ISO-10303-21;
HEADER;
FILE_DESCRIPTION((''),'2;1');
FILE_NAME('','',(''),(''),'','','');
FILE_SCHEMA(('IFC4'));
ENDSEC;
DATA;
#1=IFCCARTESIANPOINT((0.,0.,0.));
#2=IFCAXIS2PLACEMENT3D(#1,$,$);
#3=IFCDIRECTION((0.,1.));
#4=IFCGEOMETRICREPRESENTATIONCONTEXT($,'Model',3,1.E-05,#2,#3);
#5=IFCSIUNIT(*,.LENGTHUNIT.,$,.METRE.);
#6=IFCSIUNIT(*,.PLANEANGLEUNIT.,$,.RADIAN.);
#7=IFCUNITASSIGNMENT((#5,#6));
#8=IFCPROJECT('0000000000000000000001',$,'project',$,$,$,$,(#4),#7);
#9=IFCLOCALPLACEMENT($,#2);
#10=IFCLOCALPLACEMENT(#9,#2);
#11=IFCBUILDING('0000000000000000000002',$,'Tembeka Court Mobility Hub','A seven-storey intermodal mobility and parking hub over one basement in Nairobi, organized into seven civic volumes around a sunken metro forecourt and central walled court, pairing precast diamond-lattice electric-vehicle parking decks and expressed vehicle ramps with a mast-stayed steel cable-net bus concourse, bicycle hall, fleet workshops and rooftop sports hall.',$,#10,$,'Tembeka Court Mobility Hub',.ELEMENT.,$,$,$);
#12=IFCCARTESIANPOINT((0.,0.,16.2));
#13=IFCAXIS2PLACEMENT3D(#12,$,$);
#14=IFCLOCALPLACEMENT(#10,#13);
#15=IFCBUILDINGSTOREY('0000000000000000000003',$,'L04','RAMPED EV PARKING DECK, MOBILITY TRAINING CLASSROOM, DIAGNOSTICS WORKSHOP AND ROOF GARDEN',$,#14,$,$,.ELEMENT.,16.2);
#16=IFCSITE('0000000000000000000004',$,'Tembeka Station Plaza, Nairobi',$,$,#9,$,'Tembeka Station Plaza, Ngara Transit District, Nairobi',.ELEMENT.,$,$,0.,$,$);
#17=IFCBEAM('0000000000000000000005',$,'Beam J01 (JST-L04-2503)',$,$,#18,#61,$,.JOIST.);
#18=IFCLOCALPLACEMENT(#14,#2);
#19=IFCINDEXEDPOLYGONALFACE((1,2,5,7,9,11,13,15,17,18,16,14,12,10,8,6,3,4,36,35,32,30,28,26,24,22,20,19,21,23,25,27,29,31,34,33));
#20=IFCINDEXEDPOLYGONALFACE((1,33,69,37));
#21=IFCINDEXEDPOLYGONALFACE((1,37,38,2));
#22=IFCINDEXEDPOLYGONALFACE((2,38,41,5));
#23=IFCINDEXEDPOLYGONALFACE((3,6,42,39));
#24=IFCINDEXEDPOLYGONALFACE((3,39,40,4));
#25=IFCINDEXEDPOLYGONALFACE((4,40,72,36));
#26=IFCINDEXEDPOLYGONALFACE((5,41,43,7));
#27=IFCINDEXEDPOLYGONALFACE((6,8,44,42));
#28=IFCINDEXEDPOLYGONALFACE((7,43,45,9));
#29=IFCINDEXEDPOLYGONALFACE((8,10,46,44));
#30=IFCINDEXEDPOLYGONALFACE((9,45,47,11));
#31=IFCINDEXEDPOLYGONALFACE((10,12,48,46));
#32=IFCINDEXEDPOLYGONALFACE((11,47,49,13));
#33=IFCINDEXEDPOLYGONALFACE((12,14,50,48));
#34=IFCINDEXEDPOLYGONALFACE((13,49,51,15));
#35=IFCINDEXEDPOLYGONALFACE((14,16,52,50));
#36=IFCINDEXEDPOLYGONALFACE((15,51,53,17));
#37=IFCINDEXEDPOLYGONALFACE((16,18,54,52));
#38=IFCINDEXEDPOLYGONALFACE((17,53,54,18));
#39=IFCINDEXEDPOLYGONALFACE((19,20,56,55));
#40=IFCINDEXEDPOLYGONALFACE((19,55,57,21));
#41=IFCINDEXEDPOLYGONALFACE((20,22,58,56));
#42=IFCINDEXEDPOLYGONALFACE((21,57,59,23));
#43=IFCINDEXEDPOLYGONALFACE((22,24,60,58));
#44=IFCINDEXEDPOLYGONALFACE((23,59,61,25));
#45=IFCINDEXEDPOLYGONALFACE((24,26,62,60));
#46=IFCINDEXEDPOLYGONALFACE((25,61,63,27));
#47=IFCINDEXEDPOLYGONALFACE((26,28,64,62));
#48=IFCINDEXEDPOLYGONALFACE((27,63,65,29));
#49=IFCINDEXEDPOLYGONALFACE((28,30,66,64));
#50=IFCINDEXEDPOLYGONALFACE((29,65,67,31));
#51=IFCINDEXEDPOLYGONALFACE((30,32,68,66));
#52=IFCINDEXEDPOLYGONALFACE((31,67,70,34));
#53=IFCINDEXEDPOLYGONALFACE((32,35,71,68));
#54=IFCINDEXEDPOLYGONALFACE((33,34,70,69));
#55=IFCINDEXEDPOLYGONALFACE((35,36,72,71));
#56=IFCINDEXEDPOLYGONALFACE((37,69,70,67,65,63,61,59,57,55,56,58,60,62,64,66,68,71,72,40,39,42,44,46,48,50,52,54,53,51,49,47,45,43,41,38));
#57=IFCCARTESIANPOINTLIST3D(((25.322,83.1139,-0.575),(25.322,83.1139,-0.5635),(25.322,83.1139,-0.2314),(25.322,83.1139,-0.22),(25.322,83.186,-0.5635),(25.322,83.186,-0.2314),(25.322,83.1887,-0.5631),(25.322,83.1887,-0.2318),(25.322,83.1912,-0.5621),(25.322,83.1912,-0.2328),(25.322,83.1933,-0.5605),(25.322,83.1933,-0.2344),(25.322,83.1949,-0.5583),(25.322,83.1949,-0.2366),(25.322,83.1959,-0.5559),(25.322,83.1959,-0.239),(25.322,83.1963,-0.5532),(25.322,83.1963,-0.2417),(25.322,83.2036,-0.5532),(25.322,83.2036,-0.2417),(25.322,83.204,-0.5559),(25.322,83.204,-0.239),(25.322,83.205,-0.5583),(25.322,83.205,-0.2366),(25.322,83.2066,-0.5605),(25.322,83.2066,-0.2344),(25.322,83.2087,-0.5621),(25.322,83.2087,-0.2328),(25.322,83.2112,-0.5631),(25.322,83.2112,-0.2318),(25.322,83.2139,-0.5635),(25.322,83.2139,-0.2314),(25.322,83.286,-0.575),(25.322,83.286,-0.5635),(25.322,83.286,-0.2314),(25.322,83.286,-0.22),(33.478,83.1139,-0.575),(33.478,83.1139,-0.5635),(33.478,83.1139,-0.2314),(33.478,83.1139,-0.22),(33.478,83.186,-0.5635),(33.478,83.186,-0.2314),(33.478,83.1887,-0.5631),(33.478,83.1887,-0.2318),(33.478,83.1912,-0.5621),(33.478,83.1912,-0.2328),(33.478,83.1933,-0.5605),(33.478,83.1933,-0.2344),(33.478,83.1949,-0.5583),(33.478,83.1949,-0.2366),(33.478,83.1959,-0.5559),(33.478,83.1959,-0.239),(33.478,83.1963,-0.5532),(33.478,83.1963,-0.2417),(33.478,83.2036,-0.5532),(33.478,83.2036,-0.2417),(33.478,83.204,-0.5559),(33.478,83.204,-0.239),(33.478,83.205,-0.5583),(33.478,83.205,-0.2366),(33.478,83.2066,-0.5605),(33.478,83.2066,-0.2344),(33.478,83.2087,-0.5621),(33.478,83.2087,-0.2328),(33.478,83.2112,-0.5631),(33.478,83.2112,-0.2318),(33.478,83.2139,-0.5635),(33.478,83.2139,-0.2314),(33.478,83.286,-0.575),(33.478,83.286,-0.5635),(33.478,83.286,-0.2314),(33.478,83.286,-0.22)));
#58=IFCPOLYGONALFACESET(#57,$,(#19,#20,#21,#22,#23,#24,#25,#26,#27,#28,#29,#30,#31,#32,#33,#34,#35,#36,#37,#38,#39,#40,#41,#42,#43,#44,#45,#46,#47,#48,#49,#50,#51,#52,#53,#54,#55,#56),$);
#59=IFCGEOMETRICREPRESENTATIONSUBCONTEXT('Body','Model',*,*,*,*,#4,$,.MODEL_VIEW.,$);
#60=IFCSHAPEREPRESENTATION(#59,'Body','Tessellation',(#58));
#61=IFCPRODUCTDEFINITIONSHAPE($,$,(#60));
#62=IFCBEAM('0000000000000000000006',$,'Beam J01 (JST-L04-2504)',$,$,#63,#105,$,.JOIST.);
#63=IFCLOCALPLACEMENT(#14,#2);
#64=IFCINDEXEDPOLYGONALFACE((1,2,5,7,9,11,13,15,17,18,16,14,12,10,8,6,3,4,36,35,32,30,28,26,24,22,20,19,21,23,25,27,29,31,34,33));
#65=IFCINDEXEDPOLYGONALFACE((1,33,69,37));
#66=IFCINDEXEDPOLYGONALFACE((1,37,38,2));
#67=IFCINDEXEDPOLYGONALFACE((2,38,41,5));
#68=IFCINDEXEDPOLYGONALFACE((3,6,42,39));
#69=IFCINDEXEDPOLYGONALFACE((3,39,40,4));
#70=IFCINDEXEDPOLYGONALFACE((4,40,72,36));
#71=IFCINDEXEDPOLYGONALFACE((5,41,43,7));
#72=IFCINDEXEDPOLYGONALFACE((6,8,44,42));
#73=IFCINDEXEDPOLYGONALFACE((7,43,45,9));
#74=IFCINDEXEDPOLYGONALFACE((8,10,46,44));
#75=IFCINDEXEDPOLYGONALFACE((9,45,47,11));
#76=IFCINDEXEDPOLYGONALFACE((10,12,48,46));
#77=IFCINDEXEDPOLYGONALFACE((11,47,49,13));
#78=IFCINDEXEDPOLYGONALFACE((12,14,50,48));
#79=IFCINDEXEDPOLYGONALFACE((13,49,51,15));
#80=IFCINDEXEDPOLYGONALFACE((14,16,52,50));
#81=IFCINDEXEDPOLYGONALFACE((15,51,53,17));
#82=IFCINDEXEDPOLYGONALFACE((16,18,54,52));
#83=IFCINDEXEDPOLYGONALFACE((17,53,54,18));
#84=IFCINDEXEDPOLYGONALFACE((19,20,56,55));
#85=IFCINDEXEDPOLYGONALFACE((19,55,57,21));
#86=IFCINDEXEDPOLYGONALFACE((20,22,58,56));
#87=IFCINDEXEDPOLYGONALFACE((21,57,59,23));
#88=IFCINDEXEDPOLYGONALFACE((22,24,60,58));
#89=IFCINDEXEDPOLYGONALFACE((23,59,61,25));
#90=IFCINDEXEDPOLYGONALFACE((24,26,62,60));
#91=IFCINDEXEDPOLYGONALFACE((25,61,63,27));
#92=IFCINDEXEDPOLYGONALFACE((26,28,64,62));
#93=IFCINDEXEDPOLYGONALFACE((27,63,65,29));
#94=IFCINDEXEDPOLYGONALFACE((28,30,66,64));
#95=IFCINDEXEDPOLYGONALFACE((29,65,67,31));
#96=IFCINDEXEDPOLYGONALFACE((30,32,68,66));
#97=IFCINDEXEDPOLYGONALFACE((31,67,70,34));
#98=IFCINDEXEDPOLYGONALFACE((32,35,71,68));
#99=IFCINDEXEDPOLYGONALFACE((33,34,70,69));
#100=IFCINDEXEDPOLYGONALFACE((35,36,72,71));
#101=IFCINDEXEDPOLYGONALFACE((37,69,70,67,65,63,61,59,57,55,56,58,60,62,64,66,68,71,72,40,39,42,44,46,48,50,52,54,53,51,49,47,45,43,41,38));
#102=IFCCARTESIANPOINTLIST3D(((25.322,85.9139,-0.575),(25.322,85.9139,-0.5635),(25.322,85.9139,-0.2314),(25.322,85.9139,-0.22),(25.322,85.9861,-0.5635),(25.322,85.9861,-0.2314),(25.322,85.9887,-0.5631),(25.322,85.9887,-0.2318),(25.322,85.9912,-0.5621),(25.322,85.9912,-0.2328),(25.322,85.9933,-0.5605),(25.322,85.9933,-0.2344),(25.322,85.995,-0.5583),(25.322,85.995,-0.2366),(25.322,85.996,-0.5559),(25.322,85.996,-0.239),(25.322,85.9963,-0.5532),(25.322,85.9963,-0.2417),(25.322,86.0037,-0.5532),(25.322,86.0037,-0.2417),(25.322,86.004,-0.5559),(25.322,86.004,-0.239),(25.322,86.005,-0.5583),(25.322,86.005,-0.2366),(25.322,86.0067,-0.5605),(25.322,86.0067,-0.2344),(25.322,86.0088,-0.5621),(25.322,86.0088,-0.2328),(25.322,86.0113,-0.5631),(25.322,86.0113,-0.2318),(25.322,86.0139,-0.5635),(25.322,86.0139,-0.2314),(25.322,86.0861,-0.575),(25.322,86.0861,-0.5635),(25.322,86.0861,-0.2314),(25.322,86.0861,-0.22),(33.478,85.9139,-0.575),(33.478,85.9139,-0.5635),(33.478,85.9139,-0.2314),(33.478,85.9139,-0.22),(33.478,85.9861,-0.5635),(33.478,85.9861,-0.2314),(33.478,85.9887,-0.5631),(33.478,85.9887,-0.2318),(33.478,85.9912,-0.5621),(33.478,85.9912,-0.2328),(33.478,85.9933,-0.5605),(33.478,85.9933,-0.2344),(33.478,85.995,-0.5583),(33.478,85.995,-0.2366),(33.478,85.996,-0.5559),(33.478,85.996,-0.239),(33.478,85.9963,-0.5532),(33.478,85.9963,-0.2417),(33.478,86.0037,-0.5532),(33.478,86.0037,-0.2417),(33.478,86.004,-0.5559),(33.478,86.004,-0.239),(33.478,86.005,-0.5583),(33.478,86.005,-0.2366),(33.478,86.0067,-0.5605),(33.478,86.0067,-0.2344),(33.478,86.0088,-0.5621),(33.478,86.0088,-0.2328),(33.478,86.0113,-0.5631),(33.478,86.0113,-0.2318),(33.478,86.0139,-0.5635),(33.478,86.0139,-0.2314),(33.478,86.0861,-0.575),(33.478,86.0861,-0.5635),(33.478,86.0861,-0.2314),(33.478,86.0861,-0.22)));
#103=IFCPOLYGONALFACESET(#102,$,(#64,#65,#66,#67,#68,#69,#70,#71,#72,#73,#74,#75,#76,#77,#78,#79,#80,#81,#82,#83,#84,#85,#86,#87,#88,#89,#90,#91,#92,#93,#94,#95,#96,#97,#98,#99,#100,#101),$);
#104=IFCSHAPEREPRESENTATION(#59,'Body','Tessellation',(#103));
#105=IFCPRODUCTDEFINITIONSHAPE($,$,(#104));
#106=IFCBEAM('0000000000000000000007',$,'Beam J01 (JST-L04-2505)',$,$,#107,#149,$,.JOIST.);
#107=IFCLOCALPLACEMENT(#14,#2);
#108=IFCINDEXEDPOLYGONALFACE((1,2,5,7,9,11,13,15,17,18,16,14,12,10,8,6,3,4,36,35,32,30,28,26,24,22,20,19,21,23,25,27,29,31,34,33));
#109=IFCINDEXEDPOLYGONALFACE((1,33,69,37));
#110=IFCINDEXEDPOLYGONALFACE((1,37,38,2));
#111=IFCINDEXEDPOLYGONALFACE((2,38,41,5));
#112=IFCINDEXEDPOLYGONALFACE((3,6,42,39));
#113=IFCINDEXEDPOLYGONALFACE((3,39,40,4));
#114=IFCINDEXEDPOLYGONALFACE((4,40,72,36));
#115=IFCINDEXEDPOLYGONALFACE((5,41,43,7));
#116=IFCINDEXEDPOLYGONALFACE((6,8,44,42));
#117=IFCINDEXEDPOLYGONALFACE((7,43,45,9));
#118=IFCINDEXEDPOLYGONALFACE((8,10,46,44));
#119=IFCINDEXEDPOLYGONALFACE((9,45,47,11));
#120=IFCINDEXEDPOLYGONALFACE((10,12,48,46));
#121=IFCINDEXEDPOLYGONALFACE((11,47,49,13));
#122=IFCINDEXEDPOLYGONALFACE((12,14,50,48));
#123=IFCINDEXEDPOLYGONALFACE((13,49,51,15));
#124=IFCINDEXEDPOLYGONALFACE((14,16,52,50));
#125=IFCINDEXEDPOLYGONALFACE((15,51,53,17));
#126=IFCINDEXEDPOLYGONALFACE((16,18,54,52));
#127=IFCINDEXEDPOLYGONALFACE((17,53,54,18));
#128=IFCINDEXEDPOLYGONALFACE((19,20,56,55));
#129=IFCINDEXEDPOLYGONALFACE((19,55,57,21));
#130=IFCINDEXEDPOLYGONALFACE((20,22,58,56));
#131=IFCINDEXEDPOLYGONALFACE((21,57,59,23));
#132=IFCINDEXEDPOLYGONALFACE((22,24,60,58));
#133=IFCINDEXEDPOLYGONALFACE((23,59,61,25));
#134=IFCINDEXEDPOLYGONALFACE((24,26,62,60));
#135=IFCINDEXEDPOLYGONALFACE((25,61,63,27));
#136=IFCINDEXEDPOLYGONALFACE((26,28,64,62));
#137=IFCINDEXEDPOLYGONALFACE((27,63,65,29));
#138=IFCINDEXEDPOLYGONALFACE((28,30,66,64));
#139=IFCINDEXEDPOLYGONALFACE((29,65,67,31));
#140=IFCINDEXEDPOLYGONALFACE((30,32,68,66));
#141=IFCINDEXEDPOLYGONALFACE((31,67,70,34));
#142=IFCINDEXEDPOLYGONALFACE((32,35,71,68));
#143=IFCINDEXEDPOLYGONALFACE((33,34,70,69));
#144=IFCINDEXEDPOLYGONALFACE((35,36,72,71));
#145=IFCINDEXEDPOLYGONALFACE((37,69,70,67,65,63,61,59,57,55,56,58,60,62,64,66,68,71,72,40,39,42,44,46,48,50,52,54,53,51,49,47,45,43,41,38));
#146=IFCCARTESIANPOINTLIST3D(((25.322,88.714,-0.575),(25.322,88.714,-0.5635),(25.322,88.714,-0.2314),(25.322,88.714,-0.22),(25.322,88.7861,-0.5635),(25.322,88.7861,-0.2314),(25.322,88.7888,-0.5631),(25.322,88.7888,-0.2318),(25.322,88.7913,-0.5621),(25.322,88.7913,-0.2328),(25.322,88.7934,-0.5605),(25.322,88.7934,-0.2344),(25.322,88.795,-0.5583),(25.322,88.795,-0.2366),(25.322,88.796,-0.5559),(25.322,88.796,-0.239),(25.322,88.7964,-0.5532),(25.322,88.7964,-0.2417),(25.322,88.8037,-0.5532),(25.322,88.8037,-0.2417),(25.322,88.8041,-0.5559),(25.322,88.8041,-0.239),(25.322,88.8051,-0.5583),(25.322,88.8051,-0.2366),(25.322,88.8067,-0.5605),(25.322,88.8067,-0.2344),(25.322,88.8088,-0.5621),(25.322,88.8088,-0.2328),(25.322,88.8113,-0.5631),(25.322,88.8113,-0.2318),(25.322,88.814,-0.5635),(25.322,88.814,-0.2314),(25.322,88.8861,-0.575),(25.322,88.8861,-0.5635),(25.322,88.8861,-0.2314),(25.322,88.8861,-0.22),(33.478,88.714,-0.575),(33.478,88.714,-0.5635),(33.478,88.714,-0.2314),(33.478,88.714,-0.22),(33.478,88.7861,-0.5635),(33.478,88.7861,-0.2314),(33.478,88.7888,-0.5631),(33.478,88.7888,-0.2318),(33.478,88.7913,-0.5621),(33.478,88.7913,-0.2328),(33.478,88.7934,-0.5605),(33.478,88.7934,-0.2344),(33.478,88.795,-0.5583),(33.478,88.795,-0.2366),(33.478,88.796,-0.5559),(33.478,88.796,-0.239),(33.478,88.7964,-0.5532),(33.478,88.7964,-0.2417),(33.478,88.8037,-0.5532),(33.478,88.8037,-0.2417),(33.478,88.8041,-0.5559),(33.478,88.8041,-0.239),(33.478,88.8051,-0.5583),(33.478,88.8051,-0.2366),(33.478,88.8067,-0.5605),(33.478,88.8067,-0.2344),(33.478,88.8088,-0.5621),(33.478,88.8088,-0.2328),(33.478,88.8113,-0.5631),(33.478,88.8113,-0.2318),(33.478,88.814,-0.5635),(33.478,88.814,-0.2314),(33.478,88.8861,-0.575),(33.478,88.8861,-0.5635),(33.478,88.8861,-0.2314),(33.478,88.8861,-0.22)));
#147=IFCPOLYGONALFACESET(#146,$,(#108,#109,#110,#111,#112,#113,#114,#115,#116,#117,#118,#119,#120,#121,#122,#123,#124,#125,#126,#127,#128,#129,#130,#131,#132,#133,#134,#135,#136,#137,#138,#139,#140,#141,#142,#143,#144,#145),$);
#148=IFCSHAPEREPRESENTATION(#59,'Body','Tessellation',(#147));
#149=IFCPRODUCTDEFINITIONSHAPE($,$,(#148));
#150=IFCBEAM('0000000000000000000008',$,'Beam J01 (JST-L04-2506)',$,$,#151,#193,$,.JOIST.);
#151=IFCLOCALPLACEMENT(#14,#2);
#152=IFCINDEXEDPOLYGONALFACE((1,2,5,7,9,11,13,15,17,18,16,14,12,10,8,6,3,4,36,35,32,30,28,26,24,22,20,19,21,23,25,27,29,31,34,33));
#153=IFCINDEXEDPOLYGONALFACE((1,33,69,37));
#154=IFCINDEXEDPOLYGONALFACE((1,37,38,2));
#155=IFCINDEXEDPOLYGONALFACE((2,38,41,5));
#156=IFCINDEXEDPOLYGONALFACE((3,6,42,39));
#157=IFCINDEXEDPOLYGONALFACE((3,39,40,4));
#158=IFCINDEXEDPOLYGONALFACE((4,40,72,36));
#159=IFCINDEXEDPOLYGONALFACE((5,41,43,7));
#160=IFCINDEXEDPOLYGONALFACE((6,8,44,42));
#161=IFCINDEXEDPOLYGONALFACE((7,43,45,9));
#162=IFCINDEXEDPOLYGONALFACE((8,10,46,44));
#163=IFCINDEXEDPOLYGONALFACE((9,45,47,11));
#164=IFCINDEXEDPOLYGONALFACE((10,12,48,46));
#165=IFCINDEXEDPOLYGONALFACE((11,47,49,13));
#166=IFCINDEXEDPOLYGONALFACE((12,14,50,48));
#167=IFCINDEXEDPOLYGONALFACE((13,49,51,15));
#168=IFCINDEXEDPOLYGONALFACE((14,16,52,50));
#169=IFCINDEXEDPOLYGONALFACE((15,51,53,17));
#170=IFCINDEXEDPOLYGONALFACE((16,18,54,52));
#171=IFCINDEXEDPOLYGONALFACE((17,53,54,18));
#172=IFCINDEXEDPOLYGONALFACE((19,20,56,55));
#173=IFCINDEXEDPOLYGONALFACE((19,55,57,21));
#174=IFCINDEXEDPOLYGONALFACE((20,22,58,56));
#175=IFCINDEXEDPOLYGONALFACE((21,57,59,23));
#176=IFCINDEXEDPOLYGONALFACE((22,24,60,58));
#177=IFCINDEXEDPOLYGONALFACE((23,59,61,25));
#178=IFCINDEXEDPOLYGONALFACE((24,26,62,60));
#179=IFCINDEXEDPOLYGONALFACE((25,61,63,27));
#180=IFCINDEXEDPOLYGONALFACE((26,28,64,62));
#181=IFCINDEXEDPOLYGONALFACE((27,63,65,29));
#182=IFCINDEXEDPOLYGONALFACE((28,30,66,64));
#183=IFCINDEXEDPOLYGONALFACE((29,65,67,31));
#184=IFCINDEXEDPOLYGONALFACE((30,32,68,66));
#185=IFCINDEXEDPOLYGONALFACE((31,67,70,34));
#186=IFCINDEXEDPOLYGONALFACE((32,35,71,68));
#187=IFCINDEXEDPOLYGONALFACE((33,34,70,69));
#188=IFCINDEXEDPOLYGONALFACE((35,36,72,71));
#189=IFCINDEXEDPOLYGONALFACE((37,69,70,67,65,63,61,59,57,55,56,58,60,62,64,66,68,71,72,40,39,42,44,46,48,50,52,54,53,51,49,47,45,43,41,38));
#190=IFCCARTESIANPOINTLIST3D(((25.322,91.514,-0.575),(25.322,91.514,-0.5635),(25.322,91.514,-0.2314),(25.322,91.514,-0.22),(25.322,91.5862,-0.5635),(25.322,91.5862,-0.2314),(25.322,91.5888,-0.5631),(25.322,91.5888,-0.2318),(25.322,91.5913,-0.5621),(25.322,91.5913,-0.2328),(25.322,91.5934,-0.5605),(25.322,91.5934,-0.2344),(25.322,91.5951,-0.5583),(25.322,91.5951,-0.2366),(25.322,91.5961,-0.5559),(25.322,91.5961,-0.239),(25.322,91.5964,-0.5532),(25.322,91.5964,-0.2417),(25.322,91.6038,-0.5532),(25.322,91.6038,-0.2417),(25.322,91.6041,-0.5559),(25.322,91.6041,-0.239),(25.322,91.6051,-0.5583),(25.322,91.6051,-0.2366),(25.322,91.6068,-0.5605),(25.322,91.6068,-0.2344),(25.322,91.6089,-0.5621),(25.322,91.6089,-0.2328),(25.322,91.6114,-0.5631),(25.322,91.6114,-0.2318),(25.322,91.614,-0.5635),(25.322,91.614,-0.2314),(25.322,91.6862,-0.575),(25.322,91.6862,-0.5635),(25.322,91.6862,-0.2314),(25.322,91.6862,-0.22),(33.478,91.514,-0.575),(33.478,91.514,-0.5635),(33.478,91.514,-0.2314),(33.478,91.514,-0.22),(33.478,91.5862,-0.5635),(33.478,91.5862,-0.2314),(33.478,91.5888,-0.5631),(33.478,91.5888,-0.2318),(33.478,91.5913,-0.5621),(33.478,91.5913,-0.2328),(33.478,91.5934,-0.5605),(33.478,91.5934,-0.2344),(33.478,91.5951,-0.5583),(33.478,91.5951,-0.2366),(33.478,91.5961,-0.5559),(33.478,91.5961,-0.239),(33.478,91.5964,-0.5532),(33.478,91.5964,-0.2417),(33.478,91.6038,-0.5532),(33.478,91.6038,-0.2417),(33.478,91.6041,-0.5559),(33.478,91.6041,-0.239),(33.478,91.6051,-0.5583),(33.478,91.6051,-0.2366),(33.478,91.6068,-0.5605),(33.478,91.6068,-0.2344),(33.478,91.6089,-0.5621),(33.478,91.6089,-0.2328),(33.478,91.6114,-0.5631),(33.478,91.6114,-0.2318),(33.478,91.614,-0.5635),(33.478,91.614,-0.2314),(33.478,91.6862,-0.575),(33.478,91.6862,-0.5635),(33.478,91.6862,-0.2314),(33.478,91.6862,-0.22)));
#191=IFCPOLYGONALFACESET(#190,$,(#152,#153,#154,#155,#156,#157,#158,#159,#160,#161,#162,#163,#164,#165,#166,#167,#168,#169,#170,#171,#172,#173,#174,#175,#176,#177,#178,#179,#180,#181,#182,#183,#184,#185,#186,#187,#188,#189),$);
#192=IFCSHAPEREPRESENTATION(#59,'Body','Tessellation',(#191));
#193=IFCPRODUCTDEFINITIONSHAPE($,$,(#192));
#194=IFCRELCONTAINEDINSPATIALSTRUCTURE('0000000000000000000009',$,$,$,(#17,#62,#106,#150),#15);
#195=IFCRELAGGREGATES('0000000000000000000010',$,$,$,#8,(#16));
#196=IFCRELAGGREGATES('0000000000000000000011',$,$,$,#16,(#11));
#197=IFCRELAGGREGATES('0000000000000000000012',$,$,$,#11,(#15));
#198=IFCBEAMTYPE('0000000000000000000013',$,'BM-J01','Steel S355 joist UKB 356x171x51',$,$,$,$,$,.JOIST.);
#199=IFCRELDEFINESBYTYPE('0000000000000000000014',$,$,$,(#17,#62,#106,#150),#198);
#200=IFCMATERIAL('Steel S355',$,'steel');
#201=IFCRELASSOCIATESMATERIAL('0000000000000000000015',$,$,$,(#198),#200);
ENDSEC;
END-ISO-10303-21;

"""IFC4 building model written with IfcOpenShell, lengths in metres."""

from ifc_helpers import new_model, si_unit, direction, frame, origin, origin_2d, place, context, subcontext, project, spatial, i_section, extrude, material, material_profile, profile_set, type_object, element, save


model = new_model("IFC4")

# Units and contexts
model_context = context("Model", 3, precision=1e-05, world=origin(), true_north=direction((0.0, 1.0)))
body_context = subcontext(model_context, "Body", "Model", "MODEL_VIEW")
ifc_project = project(units=[si_unit("LENGTHUNIT", "METRE"), si_unit("PLANEANGLEUNIT", "RADIAN")], contexts=[model_context])

# Site, building, storey
site_placement = place(None, origin())
site = spatial("IfcSite", under=ifc_project, at=site_placement, Name="Tembeka Station Plaza, Nairobi", LongName="Tembeka Station Plaza, Ngara Transit District, Nairobi", CompositionType="ELEMENT", RefElevation=0.0)
building_placement = place(site_placement, origin())
building = spatial("IfcBuilding", under=site, at=building_placement, Name="Tembeka Court Mobility Hub", Description="A seven-storey intermodal mobility and parking hub over one basement in Nairobi, organized into seven civic volumes around a sunken metro forecourt and central walled court, pairing precast diamond-lattice electric-vehicle parking decks and expressed vehicle ramps with a mast-stayed steel cable-net bus concourse, bicycle hall, fleet workshops and rooftop sports hall.", LongName="Tembeka Court Mobility Hub", CompositionType="ELEMENT")
storey_placement = place(building_placement, frame((0.0, 0.0, 16.2)))
storey = spatial("IfcBuildingStorey", under=building, at=storey_placement, Name="L04", Description="RAMPED EV PARKING DECK, MOBILITY TRAINING CLASSROOM, DIAGNOSTICS WORKSHOP AND ROOF GARDEN", CompositionType="ELEMENT", Elevation=16.2)

# Shared definitions
ifc_material = material(Name="Steel S355", Category="steel")

# Beams
ifc_material_profile_1 = material_profile(ifc_material, i_section(OverallWidth=0.1721, OverallDepth=0.355, WebThickness=0.0073, FlangeThickness=0.0115, FilletRadius=0.0103, at=origin_2d()), Name="UKB 356x171x51")
ifc_profile_set_1 = profile_set([ifc_material_profile_1], Name="Steel S355")
beam_type_1 = type_object("IfcBeamType", Name="BM-J01", Description="Steel S355 joist UKB 356x171x51", PredefinedType="JOIST", material=ifc_profile_set_1)
for number, where, z_axis, x_axis, name in (
    (1, (25.322, 83.2, -0.3975), (1.0, 0.0, 0.0), (0.0, 1.0, 0.0), "Beam J01 (JST-L04-2503)"),
    (2, (25.322, 86.0, -0.3975), (1.0, 0.0, 0.0), (0.0, 1.0, 0.0), "Beam J01 (JST-L04-2504)"),
    (3, (25.322, 88.8, -0.3975), (1.0, 0.0, 0.0), (0.0, 1.0, 0.0), "Beam J01 (JST-L04-2505)"),
    (4, (25.322, 91.6001, -0.3975), (1.0, 0.0, 0.0), (0.0, 1.0, 0.0), "Beam J01 (JST-L04-2506)"),
):
    element("IfcBeam", number, at=place(storey_placement, frame(where, z_axis=z_axis, x_axis=x_axis)), inside=storey, type_object=beam_type_1, Name=name, PredefinedType="JOIST", context=body_context, shape_type="SweptSolid", body=[
        extrude(i_section(OverallWidth=0.1721, OverallDepth=0.355, WebThickness=0.0073, FlangeThickness=0.0115, FilletRadius=0.0103, at=origin_2d()), origin(), (0.0, 0.0, 1.0), 8.156),
    ])

save(model, "model.ifc")
